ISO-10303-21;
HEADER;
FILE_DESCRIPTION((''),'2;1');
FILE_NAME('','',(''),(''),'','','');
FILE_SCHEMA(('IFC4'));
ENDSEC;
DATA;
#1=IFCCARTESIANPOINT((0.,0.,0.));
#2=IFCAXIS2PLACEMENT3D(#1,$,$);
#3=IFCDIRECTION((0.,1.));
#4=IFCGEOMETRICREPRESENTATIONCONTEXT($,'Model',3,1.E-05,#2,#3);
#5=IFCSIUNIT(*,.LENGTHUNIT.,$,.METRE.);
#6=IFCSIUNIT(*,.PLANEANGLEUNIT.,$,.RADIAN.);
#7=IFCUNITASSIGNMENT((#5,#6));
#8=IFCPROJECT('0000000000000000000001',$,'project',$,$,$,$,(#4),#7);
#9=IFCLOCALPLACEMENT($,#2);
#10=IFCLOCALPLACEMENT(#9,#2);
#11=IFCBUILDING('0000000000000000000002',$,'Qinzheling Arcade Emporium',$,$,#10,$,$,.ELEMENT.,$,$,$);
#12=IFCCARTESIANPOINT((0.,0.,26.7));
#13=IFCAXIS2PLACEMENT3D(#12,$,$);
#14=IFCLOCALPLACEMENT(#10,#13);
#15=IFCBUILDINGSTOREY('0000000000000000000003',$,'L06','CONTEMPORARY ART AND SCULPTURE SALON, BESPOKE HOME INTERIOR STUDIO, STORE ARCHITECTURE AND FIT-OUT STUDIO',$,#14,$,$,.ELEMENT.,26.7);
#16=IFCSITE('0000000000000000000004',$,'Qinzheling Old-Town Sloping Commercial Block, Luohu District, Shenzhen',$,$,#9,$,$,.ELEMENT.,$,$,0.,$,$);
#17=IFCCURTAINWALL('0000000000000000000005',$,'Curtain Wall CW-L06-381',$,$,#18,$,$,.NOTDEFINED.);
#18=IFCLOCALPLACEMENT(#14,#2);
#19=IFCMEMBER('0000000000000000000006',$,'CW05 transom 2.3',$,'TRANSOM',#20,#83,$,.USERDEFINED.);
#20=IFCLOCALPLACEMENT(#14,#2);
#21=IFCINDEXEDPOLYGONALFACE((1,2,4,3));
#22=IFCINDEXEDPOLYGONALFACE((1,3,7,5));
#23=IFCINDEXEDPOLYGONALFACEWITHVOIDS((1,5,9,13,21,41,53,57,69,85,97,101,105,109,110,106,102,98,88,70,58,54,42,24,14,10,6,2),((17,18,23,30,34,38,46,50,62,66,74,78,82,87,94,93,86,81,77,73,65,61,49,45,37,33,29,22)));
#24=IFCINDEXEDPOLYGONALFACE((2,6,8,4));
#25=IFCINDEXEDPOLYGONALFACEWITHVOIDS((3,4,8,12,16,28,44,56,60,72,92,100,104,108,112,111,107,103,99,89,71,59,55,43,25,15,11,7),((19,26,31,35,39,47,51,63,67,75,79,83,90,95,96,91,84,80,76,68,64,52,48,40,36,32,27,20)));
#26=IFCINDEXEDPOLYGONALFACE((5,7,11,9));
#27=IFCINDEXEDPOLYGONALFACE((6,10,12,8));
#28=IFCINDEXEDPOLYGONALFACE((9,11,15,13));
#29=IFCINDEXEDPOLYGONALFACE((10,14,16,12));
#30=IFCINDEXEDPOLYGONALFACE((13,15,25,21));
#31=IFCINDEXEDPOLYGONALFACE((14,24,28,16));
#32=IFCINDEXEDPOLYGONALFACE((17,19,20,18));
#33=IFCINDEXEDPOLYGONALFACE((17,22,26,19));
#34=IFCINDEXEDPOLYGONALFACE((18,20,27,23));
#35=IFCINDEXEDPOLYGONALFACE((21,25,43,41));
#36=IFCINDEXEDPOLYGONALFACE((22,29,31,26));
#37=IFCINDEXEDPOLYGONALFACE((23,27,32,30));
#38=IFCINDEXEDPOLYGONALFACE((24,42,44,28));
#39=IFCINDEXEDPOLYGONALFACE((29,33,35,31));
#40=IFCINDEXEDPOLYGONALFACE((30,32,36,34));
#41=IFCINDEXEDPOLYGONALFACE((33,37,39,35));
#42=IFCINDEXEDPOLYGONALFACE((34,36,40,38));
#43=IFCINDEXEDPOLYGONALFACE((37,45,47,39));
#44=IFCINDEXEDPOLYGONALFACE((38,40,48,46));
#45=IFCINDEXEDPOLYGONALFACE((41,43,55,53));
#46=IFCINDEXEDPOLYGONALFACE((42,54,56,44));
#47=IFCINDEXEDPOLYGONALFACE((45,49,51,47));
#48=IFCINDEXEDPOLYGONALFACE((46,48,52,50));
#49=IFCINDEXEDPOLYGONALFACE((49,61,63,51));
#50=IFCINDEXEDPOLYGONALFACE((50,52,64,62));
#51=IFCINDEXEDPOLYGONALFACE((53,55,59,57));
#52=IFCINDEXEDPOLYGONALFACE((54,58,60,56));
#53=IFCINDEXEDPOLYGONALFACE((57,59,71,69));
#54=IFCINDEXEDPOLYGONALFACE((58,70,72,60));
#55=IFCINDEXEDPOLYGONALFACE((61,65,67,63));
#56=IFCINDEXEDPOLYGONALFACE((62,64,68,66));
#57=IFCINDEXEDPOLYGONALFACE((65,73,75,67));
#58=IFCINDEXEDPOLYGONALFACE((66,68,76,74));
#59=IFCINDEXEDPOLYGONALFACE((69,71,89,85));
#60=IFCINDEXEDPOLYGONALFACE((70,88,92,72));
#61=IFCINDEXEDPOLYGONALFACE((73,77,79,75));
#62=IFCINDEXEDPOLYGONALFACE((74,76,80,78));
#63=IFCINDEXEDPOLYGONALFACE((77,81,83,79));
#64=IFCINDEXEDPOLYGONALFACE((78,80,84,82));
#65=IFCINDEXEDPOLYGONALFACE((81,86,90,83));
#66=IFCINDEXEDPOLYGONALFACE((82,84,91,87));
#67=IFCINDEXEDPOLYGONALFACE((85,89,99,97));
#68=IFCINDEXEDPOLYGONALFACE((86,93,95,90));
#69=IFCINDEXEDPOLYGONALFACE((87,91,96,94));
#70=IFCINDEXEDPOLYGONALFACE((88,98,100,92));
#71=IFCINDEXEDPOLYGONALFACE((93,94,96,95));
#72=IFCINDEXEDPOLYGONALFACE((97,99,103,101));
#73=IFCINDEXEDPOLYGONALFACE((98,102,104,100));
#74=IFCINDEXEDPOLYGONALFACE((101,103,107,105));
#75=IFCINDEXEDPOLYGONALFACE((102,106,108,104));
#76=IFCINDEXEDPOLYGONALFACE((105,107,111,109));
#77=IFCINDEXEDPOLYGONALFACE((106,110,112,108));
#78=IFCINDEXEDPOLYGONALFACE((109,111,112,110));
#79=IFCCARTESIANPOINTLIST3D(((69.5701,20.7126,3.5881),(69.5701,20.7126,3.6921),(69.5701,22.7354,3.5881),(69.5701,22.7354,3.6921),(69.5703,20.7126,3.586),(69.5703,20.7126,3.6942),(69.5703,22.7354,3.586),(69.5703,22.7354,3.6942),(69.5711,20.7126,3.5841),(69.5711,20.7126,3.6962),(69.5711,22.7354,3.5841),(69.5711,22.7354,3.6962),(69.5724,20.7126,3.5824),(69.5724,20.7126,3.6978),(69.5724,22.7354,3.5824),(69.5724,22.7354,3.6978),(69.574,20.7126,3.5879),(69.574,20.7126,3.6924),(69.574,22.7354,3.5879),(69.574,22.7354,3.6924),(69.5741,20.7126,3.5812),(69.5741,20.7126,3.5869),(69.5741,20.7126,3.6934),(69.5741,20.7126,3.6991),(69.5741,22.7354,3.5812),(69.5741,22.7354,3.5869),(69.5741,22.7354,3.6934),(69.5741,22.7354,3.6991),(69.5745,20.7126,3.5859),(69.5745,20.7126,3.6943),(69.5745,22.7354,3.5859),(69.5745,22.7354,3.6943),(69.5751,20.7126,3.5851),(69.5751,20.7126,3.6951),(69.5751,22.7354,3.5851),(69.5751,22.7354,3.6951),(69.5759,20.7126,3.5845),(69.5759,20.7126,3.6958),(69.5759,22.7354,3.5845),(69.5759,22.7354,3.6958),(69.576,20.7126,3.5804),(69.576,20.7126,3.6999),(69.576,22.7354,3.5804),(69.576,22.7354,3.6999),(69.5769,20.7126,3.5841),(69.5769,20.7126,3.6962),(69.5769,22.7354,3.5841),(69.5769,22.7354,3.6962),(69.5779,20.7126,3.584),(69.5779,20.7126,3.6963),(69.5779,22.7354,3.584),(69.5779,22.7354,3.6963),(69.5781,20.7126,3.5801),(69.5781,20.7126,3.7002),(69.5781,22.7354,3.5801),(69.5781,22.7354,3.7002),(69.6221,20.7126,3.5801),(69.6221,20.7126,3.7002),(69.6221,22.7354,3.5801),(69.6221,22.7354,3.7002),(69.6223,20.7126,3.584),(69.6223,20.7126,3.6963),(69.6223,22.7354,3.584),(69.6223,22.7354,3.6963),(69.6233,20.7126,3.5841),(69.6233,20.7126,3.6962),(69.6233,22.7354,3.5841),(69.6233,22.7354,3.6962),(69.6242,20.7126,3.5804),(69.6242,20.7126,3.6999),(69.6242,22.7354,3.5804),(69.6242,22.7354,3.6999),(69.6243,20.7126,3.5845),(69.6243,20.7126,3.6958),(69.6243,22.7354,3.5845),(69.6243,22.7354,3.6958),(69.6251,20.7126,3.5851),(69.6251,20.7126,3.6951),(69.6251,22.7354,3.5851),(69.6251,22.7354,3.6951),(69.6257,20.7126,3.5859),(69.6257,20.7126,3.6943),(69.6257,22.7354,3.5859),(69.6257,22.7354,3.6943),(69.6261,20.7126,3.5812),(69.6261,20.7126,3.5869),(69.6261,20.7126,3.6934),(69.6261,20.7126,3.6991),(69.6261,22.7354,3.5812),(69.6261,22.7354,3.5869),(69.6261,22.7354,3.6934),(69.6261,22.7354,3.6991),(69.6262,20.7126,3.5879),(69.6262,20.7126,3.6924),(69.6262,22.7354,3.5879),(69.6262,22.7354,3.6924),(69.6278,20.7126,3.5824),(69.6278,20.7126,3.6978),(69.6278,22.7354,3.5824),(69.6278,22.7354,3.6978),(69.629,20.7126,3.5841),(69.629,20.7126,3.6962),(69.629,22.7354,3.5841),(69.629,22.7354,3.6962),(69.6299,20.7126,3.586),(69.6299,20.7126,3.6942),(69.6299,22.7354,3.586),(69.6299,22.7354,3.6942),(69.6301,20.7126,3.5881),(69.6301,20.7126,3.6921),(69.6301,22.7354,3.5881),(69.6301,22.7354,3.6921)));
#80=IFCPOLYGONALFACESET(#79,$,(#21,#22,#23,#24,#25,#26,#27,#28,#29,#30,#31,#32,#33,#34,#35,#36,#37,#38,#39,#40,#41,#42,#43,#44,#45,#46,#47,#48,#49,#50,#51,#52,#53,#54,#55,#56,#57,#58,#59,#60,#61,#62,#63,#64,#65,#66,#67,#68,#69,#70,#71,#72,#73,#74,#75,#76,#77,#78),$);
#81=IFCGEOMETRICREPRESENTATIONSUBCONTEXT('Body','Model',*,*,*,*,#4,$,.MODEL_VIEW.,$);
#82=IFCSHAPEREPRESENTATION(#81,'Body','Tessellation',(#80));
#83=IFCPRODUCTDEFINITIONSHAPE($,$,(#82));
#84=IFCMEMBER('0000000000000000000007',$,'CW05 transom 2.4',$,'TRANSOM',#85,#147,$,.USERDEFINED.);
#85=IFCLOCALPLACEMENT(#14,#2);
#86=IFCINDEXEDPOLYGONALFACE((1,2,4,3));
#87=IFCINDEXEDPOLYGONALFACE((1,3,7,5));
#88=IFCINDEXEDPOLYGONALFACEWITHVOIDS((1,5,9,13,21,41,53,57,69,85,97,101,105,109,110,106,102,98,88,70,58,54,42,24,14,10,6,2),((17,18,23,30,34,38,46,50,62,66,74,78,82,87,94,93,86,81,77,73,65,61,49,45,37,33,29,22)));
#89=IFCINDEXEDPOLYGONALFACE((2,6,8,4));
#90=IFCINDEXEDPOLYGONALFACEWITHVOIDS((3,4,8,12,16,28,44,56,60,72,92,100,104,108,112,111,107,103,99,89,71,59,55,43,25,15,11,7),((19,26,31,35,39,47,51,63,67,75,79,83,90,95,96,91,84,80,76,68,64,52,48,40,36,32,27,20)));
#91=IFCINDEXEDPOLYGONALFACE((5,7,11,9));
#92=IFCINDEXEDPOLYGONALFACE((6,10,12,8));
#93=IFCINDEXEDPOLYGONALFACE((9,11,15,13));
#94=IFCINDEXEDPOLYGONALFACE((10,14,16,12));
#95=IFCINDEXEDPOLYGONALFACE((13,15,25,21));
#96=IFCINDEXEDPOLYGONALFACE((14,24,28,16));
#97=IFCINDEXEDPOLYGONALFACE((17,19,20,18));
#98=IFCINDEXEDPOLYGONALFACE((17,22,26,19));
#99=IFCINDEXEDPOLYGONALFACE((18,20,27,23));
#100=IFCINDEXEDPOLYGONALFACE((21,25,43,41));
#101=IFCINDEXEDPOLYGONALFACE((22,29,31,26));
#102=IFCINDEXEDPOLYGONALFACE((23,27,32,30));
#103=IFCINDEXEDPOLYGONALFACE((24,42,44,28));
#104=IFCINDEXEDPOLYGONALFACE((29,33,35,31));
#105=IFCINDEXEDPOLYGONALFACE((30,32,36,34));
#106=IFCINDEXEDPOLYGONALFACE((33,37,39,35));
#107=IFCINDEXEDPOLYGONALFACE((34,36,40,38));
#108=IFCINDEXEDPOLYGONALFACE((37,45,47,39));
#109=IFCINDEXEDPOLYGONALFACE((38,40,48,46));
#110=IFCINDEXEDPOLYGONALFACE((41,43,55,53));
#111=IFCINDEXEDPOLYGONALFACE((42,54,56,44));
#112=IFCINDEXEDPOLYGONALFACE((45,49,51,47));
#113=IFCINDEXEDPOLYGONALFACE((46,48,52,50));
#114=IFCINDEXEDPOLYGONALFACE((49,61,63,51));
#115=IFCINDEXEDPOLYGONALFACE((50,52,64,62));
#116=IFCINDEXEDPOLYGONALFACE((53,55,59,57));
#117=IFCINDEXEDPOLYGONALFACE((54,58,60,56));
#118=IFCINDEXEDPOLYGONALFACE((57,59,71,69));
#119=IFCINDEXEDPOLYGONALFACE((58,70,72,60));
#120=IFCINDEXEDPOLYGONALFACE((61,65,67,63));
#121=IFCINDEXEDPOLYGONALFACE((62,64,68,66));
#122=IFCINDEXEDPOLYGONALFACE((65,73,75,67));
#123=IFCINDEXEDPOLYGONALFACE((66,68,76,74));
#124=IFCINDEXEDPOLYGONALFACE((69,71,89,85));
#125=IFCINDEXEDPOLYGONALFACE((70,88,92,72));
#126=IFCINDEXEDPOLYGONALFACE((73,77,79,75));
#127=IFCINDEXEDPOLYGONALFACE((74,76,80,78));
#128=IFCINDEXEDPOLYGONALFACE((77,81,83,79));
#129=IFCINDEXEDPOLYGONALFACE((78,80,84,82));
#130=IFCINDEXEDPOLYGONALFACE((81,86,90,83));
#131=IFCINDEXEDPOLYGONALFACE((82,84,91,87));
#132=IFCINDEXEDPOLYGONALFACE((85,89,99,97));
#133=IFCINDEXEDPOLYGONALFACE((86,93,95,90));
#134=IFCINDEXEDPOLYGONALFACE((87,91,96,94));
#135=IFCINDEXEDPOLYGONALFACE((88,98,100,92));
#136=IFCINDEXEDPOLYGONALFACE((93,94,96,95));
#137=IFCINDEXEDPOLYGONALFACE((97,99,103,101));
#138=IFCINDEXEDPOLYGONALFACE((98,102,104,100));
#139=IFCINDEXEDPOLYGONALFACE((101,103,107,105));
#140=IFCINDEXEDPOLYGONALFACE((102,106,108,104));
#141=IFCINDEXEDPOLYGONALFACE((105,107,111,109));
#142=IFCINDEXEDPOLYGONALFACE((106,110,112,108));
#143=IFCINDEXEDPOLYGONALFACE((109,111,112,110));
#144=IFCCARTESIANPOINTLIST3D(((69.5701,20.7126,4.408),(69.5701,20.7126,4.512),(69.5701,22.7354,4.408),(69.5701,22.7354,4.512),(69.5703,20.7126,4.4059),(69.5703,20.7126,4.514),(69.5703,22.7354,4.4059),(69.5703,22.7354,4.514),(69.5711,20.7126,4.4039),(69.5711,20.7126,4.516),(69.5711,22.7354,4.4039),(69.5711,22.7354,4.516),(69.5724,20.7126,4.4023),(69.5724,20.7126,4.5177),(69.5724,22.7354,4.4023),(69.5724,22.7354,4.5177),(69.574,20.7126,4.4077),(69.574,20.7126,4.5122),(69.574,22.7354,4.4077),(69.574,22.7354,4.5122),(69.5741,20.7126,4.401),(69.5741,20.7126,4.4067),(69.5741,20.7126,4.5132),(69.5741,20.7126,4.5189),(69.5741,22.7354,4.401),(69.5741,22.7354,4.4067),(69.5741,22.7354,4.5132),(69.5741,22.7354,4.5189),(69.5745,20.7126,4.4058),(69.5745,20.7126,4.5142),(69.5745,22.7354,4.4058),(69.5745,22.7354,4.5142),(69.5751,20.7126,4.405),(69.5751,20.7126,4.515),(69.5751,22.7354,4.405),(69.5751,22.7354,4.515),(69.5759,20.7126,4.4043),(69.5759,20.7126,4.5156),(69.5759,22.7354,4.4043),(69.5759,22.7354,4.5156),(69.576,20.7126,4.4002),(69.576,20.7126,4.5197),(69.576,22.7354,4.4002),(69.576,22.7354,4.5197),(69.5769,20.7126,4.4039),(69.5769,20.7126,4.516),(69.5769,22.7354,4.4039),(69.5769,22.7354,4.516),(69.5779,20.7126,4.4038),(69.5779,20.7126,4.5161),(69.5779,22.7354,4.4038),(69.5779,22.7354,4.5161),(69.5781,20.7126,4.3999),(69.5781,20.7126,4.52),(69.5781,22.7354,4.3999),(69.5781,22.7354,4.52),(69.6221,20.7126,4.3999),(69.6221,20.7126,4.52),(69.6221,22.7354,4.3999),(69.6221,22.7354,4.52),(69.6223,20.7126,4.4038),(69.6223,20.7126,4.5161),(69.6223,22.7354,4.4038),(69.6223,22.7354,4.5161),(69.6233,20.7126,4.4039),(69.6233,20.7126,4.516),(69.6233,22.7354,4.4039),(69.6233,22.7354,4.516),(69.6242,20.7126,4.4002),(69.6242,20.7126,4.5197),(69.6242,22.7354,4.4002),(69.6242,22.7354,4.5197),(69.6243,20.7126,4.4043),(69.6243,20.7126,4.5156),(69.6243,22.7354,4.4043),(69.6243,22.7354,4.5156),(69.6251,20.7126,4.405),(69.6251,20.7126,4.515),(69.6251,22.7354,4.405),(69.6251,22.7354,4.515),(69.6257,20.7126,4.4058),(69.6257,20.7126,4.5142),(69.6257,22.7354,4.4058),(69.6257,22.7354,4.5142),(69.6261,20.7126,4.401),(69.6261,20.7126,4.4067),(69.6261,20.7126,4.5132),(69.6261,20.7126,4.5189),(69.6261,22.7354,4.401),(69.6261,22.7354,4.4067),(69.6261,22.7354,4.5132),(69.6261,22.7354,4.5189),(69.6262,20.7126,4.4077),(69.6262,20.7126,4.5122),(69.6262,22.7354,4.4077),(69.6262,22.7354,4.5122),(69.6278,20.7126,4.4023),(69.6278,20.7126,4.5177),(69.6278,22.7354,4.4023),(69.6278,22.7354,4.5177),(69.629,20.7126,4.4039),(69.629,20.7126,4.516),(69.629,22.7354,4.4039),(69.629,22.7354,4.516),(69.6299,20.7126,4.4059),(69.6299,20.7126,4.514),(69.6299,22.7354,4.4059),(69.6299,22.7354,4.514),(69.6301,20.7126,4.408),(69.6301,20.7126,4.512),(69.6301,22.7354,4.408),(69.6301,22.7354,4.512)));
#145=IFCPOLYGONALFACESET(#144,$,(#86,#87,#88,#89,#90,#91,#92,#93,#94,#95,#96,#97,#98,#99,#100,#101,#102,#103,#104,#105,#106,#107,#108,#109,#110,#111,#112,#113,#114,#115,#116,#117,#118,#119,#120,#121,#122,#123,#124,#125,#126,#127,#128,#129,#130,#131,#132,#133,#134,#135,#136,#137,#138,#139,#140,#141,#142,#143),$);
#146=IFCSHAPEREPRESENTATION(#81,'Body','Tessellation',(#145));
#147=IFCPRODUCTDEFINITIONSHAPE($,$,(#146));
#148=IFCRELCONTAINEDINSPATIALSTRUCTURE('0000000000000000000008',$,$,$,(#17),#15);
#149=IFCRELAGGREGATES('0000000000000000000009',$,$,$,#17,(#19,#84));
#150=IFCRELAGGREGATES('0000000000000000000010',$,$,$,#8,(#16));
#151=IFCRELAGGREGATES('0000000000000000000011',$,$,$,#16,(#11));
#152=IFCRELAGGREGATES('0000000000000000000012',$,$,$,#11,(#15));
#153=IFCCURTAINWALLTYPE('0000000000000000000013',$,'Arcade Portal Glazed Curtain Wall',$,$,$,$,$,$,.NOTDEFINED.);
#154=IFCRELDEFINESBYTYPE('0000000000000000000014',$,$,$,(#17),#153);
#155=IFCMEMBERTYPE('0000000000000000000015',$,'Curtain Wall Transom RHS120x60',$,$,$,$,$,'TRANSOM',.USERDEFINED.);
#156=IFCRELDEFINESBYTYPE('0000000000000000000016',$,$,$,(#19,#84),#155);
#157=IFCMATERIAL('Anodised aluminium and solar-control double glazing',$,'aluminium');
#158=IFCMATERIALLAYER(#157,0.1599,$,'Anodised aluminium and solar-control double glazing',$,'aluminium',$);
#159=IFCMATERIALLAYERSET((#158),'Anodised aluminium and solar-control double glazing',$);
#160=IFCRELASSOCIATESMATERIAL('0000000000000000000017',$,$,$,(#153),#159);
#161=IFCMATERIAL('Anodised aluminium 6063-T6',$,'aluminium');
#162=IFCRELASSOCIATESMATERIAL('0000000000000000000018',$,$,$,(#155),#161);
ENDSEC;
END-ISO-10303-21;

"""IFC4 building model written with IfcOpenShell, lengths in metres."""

from ifc_helpers import new_model, si_unit, direction, frame, origin, origin_2d, place, context, subcontext, project, spatial, hollow_rectangle, extrude, material, layer, layer_set, material_profile, profile_set, type_object, element, aggregate, save


model = new_model("IFC4")

# Units and contexts
model_context = context("Model", 3, precision=1e-05, world=origin(), true_north=direction((0.0, 1.0)))
body_context = subcontext(model_context, "Body", "Model", "MODEL_VIEW")
ifc_project = project(units=[si_unit("LENGTHUNIT", "METRE"), si_unit("PLANEANGLEUNIT", "RADIAN")], contexts=[model_context])

# Site, building, storey
site_placement = place(None, origin())
site = spatial("IfcSite", under=ifc_project, at=site_placement, Name="Qinzheling Old-Town Sloping Commercial Block, Luohu District, Shenzhen", CompositionType="ELEMENT", RefElevation=0.0)
building_placement = place(site_placement, origin())
building = spatial("IfcBuilding", under=site, at=building_placement, Name="Qinzheling Arcade Emporium", CompositionType="ELEMENT")
storey_placement = place(building_placement, frame((0.0, 0.0, 26.7)))
storey = spatial("IfcBuildingStorey", under=building, at=storey_placement, Name="L06", Description="CONTEMPORARY ART AND SCULPTURE SALON, BESPOKE HOME INTERIOR STUDIO, STORE ARCHITECTURE AND FIT-OUT STUDIO", CompositionType="ELEMENT", Elevation=26.7)

# Curtain wall, members
ifc_material_1 = material(Name="Anodised aluminium and solar-control double glazing", Category="aluminium")
ifc_layer_1 = layer(ifc_material_1, 0.1599, Name="Anodised aluminium and solar-control double glazing", Category="aluminium")
ifc_layer_set_1 = layer_set([ifc_layer_1], Name="Anodised aluminium and solar-control double glazing")
curtain_wall_type = type_object("IfcCurtainWallType", Name="Arcade Portal Glazed Curtain Wall", PredefinedType="NOTDEFINED", material=ifc_layer_set_1)
curtain_wall_1_placement = place(storey_placement, origin())
curtain_wall_1 = element("IfcCurtainWall", 1, at=curtain_wall_1_placement, inside=storey, type_object=curtain_wall_type, Name="Curtain Wall CW-L06-381", PredefinedType="NOTDEFINED")
ifc_material_2 = material(Name="Anodised aluminium 6063-T6", Category="aluminium")
ifc_material_profile_1 = material_profile(ifc_material_2, hollow_rectangle(XDim=0.0601, YDim=0.1201, WallThickness=0.0039, InnerFilletRadius=0.0039, OuterFilletRadius=0.0081, at=origin_2d()), Name="RHS 120x60x4", Category="aluminium")
ifc_profile_set_1 = profile_set([ifc_material_profile_1], Name="Anodised aluminium 6063-T6")
member_type_1 = type_object("IfcMemberType", Name="Curtain Wall Transom RHS120x60", ElementType="TRANSOM", PredefinedType="USERDEFINED", material=ifc_profile_set_1)
member_1_placement = place(storey_placement, frame((69.6001, 22.7354, 3.6401), z_axis=(0.0, -1.0, 0.0), x_axis=(1.0, 0.0, 0.0)))
member_1 = element("IfcMember", 2, at=member_1_placement, type_object=member_type_1, Name="CW05 transom 2.3", ObjectType="TRANSOM", PredefinedType="USERDEFINED", context=body_context, shape_type="SweptSolid", body=[
    extrude(hollow_rectangle(XDim=0.0601, YDim=0.1201, WallThickness=0.0039, InnerFilletRadius=0.0039, OuterFilletRadius=0.0081, at=origin_2d()), origin(), (0.0, 0.0, 1.0), 2.0227),
])
member_2_placement = place(storey_placement, frame((69.6001, 22.7354, 4.46), z_axis=(0.0, -1.0, 0.0), x_axis=(1.0, 0.0, 0.0)))
member_2 = element("IfcMember", 3, at=member_2_placement, type_object=member_type_1, Name="CW05 transom 2.4", ObjectType="TRANSOM", PredefinedType="USERDEFINED", context=body_context, shape_type="SweptSolid", body=[
    extrude(hollow_rectangle(XDim=0.0601, YDim=0.1201, WallThickness=0.0039, InnerFilletRadius=0.0039, OuterFilletRadius=0.0081, at=origin_2d()), origin(), (0.0, 0.0, 1.0), 2.0227),
])

aggregate(curtain_wall_1, [member_1, member_2])

save(model, "model.ifc")
